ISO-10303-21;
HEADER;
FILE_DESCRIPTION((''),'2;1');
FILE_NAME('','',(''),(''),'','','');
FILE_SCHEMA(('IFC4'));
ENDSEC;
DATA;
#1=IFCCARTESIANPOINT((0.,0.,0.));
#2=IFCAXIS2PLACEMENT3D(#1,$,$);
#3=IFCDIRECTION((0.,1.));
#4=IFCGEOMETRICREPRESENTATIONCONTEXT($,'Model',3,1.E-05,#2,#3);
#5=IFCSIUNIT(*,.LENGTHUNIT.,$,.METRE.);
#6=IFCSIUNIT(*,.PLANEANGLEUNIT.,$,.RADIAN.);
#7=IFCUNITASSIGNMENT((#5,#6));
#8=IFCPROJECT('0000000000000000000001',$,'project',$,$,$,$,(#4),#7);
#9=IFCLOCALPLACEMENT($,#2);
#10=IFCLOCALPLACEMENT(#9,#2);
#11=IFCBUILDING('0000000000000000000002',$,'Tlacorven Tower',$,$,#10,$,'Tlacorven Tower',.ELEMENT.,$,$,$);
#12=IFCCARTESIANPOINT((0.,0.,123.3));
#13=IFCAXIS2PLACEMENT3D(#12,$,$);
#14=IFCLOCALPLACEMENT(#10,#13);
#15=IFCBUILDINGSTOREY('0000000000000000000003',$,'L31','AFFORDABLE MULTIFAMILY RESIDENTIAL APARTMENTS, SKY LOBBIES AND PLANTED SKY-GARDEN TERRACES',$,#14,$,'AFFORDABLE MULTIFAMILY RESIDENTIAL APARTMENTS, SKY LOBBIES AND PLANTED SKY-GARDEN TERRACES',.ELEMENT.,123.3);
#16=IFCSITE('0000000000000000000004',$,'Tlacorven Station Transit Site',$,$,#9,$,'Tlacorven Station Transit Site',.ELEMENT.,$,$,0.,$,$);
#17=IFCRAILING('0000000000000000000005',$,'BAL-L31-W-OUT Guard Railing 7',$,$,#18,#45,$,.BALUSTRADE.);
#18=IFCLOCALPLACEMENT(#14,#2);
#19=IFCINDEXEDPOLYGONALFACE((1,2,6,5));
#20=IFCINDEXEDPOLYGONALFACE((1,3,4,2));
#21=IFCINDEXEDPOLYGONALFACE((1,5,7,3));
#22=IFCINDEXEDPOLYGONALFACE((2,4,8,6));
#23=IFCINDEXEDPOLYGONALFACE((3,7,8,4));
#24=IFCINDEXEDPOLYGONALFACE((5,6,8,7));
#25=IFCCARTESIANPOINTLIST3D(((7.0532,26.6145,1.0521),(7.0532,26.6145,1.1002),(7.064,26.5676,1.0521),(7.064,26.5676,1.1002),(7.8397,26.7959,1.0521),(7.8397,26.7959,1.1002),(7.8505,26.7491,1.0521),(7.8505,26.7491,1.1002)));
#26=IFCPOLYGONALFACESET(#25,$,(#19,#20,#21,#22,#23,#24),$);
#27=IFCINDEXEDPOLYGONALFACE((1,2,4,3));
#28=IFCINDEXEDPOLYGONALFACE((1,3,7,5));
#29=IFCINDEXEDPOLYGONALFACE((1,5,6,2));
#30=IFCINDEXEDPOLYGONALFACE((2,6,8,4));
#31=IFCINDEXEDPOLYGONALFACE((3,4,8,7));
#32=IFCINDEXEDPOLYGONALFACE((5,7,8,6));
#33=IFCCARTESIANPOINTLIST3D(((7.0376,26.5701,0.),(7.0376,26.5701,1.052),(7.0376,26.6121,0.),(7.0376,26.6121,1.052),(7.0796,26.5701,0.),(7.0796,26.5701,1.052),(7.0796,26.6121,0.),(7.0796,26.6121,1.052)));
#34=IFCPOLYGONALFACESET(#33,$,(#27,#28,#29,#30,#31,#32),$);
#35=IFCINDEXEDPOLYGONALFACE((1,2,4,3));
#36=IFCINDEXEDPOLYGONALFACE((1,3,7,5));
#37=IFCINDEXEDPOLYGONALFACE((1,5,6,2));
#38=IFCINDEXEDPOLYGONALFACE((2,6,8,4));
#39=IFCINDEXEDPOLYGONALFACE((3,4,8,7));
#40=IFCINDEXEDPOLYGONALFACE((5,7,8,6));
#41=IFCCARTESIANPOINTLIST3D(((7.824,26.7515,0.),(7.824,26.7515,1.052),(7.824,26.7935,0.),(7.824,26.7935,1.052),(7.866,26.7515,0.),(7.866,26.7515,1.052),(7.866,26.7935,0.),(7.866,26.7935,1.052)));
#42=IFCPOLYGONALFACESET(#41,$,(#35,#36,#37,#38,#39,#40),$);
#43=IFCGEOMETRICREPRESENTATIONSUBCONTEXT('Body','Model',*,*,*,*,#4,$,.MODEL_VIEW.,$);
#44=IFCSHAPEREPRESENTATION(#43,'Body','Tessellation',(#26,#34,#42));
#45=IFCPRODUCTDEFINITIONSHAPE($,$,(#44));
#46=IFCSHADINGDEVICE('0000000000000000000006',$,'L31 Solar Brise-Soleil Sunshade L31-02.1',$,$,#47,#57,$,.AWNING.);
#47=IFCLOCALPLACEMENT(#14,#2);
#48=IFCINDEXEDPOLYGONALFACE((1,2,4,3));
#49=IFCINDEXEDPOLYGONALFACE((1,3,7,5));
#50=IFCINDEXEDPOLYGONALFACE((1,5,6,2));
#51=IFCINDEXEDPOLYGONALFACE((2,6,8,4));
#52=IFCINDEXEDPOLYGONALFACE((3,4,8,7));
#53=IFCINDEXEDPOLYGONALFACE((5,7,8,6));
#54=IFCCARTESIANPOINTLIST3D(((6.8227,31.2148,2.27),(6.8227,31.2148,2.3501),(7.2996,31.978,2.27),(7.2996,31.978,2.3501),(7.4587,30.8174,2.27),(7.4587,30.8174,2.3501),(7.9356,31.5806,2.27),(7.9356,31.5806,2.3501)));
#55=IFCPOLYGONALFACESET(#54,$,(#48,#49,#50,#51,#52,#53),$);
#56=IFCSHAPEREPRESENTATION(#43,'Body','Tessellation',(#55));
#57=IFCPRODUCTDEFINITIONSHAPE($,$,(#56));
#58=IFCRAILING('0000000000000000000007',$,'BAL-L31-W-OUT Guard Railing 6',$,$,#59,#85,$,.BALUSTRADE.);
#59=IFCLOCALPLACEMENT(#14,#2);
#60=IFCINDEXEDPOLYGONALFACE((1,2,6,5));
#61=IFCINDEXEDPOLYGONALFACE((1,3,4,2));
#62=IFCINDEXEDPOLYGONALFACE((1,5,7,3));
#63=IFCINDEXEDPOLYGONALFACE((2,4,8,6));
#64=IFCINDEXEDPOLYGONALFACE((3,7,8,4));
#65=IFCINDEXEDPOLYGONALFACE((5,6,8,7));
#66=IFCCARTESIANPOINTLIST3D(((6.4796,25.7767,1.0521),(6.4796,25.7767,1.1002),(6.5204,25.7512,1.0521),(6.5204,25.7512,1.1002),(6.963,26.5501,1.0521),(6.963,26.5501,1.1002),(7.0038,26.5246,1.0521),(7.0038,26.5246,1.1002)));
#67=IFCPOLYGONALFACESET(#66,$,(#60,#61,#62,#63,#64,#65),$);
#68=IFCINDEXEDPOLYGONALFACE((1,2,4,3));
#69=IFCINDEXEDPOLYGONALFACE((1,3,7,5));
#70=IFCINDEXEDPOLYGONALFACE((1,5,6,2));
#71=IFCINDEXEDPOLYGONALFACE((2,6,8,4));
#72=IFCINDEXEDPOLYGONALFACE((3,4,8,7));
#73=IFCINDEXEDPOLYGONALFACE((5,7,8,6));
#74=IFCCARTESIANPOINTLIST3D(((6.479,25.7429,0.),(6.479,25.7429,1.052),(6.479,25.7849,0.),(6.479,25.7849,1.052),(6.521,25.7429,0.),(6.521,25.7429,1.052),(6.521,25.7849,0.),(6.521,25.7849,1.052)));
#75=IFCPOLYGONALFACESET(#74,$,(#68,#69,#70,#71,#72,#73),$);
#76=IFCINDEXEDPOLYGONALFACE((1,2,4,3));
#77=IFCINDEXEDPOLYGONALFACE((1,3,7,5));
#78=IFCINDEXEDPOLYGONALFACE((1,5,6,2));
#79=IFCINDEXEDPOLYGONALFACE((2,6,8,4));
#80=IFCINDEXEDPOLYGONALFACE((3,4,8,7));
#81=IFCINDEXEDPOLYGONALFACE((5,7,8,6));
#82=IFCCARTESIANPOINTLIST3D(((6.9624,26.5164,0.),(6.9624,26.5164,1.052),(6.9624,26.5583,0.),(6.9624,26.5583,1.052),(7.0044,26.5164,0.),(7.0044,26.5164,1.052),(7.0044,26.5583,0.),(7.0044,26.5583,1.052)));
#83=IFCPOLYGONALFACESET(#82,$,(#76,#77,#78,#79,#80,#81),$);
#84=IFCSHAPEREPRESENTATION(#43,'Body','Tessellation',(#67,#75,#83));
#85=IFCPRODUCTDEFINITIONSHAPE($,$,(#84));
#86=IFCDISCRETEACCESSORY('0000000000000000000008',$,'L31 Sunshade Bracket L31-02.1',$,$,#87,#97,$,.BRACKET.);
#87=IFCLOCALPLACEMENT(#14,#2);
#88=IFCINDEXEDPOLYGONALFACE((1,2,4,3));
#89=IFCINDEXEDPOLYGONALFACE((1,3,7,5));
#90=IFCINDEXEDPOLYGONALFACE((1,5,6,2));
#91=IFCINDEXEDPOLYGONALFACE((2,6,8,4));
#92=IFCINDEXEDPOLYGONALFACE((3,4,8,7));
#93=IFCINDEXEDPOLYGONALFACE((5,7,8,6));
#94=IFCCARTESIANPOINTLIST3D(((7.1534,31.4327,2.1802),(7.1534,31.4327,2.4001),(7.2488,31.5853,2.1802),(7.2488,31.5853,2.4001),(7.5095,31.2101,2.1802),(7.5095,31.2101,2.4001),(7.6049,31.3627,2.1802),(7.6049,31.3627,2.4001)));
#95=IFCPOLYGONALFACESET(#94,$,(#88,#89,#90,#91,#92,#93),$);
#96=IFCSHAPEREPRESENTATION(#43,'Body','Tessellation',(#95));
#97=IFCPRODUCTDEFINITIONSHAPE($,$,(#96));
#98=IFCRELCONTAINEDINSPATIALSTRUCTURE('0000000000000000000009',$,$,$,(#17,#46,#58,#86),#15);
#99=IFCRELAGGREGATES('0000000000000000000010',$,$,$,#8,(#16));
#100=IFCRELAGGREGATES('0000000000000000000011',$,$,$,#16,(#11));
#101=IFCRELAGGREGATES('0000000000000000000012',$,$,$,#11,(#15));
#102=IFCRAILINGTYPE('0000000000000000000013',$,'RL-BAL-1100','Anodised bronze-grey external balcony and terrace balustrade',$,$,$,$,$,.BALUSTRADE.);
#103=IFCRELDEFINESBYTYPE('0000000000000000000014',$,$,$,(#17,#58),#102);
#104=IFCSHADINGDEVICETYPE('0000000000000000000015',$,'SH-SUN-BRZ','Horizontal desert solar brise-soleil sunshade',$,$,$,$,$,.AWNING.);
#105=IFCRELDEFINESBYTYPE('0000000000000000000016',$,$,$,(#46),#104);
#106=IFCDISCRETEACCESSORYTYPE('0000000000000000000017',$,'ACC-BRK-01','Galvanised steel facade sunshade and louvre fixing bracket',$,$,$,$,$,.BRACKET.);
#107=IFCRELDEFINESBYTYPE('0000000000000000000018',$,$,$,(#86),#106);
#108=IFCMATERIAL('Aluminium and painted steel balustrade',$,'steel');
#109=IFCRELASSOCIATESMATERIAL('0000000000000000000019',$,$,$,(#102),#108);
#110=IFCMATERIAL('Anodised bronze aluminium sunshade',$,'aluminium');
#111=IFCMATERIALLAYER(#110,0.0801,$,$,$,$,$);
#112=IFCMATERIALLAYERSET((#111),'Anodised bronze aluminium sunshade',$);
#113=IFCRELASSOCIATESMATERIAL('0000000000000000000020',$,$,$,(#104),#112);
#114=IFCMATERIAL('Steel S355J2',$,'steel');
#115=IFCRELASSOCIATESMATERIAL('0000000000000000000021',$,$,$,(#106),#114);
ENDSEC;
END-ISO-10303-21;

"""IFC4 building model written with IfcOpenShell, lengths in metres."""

from ifc_helpers import new_model, si_unit, direction, frame, origin, origin_2d, place, context, subcontext, project, spatial, rectangle, extrude, source, transform, mapped, material, layer, layer_set, type_object, element, save


model = new_model("IFC4")

# Units and contexts
model_context = context("Model", 3, precision=1e-05, world=origin(), true_north=direction((0.0, 1.0)))
body_context = subcontext(model_context, "Body", "Model", "MODEL_VIEW")
ifc_project = project(units=[si_unit("LENGTHUNIT", "METRE"), si_unit("PLANEANGLEUNIT", "RADIAN")], contexts=[model_context])

# Site, building, storey
site_placement = place(None, origin())
site = spatial("IfcSite", under=ifc_project, at=site_placement, Name="Tlacorven Station Transit Site", LongName="Tlacorven Station Transit Site", CompositionType="ELEMENT", RefElevation=0.0)
building_placement = place(site_placement, origin())
building = spatial("IfcBuilding", under=site, at=building_placement, Name="Tlacorven Tower", LongName="Tlacorven Tower", CompositionType="ELEMENT")
storey_placement = place(building_placement, frame((0.0, 0.0, 123.3)))
storey = spatial("IfcBuildingStorey", under=building, at=storey_placement, Name="L31", Description="AFFORDABLE MULTIFAMILY RESIDENTIAL APARTMENTS, SKY LOBBIES AND PLANTED SKY-GARDEN TERRACES", LongName="AFFORDABLE MULTIFAMILY RESIDENTIAL APARTMENTS, SKY LOBBIES AND PLANTED SKY-GARDEN TERRACES", CompositionType="ELEMENT", Elevation=123.3)

# Shared definitions
ifc_material_1 = material(Name="Steel S355J2", Category="steel")

# Railing
ifc_material_2 = material(Name="Aluminium and painted steel balustrade", Category="steel")
railing_type = type_object("IfcRailingType", Name="RL-BAL-1100", Description="Anodised bronze-grey external balcony and terrace balustrade", PredefinedType="BALUSTRADE", material=ifc_material_2)
shared_shape_1 = source(origin(), body_context, "Body", "SweptSolid", [
    extrude(rectangle(XDim=0.0481, YDim=0.0481, at=origin_2d()), frame((0.0, 0.0, 1.0762), z_axis=(0.974412, 0.224771, 0.0), x_axis=(-0.224771, 0.974412, 0.0)), (0.0, 0.0, 1.0), 0.8071),
    extrude(rectangle(XDim=0.042, YDim=0.042, at=origin_2d()), origin(), (0.0, 0.0, 1.0), 1.052),
    extrude(rectangle(XDim=0.042, YDim=0.042, at=origin_2d()), frame((0.7864, 0.1814, 0.0)), (0.0, 0.0, 1.0), 1.052),
])
railing_1_placement = place(storey_placement, frame((7.0586, 26.5911, 0.0)))
element("IfcRailing", 1, at=railing_1_placement, inside=storey, type_object=railing_type, Name="BAL-L31-W-OUT Guard Railing 7", PredefinedType="BALUSTRADE", context=body_context, shape_type="MappedRepresentation", body=[
    mapped(shared_shape_1, transform((0.0, 0.0, 0.0), scale=1.0)),
])

# Shading device
ifc_material_3 = material(Name="Anodised bronze aluminium sunshade", Category="aluminium")
ifc_layer_1 = layer(ifc_material_3, 0.0801)
ifc_layer_set_1 = layer_set([ifc_layer_1], Name="Anodised bronze aluminium sunshade")
shading_device_type = type_object("IfcShadingDeviceType", Name="SH-SUN-BRZ", Description="Horizontal desert solar brise-soleil sunshade", PredefinedType="AWNING", material=ifc_layer_set_1)
shared_shape_2 = source(origin(), body_context, "Body", "SweptSolid", [
    extrude(rectangle(XDim=0.8999, YDim=0.75, at=origin_2d()), origin(), (0.0, 0.0, 1.0), 0.0801),
])
shading_device_placement = place(storey_placement, frame((7.3792, 31.3977, 2.27), z_axis=(0.0, 0.0, 1.0), x_axis=(0.529919, 0.848048, 0.0)))
element("IfcShadingDevice", 2, at=shading_device_placement, inside=storey, type_object=shading_device_type, Name="L31 Solar Brise-Soleil Sunshade L31-02.1", PredefinedType="AWNING", context=body_context, shape_type="MappedRepresentation", body=[
    mapped(shared_shape_2, transform((0.0, 0.0, 0.0), scale=1.0)),
])

# Railing
shared_shape_3 = source(origin(), body_context, "Body", "SweptSolid", [
    extrude(rectangle(XDim=0.0481, YDim=0.0481, at=origin_2d()), frame((0.0, 0.0, 1.0762), z_axis=(0.529999, 0.847998, 0.0), x_axis=(-0.847998, 0.529999, 0.0)), (0.0, 0.0, 1.0), 0.9121),
    extrude(rectangle(XDim=0.042, YDim=0.042, at=origin_2d()), origin(), (0.0, 0.0, 1.0), 1.052),
    extrude(rectangle(XDim=0.042, YDim=0.042, at=origin_2d()), frame((0.4834, 0.7734, 0.0)), (0.0, 0.0, 1.0), 1.052),
])
railing_2_placement = place(storey_placement, frame((6.5, 25.7639, 0.0)))
element("IfcRailing", 3, at=railing_2_placement, inside=storey, type_object=railing_type, Name="BAL-L31-W-OUT Guard Railing 6", PredefinedType="BALUSTRADE", context=body_context, shape_type="MappedRepresentation", body=[
    mapped(shared_shape_3, transform((0.0, 0.0, 0.0), scale=1.0)),
])

# Discrete accessory
discrete_accessory_type = type_object("IfcDiscreteAccessoryType", Name="ACC-BRK-01", Description="Galvanised steel facade sunshade and louvre fixing bracket", PredefinedType="BRACKET", material=ifc_material_1)
shared_shape_4 = source(origin(), body_context, "Body", "SweptSolid", [
    extrude(rectangle(XDim=0.1799, YDim=0.4199, at=origin_2d()), origin(), (0.0, 0.0, 1.0), 0.22),
])
discrete_accessory_placement = place(storey_placement, frame((7.3792, 31.3977, 2.1802), z_axis=(0.0, 0.0, 1.0), x_axis=(0.529919, 0.848048, 0.0)))
element("IfcDiscreteAccessory", 4, at=discrete_accessory_placement, inside=storey, type_object=discrete_accessory_type, Name="L31 Sunshade Bracket L31-02.1", PredefinedType="BRACKET", context=body_context, shape_type="MappedRepresentation", body=[
    mapped(shared_shape_4, transform((0.0, 0.0, 0.0), scale=1.0)),
])

save(model, "model.ifc")
